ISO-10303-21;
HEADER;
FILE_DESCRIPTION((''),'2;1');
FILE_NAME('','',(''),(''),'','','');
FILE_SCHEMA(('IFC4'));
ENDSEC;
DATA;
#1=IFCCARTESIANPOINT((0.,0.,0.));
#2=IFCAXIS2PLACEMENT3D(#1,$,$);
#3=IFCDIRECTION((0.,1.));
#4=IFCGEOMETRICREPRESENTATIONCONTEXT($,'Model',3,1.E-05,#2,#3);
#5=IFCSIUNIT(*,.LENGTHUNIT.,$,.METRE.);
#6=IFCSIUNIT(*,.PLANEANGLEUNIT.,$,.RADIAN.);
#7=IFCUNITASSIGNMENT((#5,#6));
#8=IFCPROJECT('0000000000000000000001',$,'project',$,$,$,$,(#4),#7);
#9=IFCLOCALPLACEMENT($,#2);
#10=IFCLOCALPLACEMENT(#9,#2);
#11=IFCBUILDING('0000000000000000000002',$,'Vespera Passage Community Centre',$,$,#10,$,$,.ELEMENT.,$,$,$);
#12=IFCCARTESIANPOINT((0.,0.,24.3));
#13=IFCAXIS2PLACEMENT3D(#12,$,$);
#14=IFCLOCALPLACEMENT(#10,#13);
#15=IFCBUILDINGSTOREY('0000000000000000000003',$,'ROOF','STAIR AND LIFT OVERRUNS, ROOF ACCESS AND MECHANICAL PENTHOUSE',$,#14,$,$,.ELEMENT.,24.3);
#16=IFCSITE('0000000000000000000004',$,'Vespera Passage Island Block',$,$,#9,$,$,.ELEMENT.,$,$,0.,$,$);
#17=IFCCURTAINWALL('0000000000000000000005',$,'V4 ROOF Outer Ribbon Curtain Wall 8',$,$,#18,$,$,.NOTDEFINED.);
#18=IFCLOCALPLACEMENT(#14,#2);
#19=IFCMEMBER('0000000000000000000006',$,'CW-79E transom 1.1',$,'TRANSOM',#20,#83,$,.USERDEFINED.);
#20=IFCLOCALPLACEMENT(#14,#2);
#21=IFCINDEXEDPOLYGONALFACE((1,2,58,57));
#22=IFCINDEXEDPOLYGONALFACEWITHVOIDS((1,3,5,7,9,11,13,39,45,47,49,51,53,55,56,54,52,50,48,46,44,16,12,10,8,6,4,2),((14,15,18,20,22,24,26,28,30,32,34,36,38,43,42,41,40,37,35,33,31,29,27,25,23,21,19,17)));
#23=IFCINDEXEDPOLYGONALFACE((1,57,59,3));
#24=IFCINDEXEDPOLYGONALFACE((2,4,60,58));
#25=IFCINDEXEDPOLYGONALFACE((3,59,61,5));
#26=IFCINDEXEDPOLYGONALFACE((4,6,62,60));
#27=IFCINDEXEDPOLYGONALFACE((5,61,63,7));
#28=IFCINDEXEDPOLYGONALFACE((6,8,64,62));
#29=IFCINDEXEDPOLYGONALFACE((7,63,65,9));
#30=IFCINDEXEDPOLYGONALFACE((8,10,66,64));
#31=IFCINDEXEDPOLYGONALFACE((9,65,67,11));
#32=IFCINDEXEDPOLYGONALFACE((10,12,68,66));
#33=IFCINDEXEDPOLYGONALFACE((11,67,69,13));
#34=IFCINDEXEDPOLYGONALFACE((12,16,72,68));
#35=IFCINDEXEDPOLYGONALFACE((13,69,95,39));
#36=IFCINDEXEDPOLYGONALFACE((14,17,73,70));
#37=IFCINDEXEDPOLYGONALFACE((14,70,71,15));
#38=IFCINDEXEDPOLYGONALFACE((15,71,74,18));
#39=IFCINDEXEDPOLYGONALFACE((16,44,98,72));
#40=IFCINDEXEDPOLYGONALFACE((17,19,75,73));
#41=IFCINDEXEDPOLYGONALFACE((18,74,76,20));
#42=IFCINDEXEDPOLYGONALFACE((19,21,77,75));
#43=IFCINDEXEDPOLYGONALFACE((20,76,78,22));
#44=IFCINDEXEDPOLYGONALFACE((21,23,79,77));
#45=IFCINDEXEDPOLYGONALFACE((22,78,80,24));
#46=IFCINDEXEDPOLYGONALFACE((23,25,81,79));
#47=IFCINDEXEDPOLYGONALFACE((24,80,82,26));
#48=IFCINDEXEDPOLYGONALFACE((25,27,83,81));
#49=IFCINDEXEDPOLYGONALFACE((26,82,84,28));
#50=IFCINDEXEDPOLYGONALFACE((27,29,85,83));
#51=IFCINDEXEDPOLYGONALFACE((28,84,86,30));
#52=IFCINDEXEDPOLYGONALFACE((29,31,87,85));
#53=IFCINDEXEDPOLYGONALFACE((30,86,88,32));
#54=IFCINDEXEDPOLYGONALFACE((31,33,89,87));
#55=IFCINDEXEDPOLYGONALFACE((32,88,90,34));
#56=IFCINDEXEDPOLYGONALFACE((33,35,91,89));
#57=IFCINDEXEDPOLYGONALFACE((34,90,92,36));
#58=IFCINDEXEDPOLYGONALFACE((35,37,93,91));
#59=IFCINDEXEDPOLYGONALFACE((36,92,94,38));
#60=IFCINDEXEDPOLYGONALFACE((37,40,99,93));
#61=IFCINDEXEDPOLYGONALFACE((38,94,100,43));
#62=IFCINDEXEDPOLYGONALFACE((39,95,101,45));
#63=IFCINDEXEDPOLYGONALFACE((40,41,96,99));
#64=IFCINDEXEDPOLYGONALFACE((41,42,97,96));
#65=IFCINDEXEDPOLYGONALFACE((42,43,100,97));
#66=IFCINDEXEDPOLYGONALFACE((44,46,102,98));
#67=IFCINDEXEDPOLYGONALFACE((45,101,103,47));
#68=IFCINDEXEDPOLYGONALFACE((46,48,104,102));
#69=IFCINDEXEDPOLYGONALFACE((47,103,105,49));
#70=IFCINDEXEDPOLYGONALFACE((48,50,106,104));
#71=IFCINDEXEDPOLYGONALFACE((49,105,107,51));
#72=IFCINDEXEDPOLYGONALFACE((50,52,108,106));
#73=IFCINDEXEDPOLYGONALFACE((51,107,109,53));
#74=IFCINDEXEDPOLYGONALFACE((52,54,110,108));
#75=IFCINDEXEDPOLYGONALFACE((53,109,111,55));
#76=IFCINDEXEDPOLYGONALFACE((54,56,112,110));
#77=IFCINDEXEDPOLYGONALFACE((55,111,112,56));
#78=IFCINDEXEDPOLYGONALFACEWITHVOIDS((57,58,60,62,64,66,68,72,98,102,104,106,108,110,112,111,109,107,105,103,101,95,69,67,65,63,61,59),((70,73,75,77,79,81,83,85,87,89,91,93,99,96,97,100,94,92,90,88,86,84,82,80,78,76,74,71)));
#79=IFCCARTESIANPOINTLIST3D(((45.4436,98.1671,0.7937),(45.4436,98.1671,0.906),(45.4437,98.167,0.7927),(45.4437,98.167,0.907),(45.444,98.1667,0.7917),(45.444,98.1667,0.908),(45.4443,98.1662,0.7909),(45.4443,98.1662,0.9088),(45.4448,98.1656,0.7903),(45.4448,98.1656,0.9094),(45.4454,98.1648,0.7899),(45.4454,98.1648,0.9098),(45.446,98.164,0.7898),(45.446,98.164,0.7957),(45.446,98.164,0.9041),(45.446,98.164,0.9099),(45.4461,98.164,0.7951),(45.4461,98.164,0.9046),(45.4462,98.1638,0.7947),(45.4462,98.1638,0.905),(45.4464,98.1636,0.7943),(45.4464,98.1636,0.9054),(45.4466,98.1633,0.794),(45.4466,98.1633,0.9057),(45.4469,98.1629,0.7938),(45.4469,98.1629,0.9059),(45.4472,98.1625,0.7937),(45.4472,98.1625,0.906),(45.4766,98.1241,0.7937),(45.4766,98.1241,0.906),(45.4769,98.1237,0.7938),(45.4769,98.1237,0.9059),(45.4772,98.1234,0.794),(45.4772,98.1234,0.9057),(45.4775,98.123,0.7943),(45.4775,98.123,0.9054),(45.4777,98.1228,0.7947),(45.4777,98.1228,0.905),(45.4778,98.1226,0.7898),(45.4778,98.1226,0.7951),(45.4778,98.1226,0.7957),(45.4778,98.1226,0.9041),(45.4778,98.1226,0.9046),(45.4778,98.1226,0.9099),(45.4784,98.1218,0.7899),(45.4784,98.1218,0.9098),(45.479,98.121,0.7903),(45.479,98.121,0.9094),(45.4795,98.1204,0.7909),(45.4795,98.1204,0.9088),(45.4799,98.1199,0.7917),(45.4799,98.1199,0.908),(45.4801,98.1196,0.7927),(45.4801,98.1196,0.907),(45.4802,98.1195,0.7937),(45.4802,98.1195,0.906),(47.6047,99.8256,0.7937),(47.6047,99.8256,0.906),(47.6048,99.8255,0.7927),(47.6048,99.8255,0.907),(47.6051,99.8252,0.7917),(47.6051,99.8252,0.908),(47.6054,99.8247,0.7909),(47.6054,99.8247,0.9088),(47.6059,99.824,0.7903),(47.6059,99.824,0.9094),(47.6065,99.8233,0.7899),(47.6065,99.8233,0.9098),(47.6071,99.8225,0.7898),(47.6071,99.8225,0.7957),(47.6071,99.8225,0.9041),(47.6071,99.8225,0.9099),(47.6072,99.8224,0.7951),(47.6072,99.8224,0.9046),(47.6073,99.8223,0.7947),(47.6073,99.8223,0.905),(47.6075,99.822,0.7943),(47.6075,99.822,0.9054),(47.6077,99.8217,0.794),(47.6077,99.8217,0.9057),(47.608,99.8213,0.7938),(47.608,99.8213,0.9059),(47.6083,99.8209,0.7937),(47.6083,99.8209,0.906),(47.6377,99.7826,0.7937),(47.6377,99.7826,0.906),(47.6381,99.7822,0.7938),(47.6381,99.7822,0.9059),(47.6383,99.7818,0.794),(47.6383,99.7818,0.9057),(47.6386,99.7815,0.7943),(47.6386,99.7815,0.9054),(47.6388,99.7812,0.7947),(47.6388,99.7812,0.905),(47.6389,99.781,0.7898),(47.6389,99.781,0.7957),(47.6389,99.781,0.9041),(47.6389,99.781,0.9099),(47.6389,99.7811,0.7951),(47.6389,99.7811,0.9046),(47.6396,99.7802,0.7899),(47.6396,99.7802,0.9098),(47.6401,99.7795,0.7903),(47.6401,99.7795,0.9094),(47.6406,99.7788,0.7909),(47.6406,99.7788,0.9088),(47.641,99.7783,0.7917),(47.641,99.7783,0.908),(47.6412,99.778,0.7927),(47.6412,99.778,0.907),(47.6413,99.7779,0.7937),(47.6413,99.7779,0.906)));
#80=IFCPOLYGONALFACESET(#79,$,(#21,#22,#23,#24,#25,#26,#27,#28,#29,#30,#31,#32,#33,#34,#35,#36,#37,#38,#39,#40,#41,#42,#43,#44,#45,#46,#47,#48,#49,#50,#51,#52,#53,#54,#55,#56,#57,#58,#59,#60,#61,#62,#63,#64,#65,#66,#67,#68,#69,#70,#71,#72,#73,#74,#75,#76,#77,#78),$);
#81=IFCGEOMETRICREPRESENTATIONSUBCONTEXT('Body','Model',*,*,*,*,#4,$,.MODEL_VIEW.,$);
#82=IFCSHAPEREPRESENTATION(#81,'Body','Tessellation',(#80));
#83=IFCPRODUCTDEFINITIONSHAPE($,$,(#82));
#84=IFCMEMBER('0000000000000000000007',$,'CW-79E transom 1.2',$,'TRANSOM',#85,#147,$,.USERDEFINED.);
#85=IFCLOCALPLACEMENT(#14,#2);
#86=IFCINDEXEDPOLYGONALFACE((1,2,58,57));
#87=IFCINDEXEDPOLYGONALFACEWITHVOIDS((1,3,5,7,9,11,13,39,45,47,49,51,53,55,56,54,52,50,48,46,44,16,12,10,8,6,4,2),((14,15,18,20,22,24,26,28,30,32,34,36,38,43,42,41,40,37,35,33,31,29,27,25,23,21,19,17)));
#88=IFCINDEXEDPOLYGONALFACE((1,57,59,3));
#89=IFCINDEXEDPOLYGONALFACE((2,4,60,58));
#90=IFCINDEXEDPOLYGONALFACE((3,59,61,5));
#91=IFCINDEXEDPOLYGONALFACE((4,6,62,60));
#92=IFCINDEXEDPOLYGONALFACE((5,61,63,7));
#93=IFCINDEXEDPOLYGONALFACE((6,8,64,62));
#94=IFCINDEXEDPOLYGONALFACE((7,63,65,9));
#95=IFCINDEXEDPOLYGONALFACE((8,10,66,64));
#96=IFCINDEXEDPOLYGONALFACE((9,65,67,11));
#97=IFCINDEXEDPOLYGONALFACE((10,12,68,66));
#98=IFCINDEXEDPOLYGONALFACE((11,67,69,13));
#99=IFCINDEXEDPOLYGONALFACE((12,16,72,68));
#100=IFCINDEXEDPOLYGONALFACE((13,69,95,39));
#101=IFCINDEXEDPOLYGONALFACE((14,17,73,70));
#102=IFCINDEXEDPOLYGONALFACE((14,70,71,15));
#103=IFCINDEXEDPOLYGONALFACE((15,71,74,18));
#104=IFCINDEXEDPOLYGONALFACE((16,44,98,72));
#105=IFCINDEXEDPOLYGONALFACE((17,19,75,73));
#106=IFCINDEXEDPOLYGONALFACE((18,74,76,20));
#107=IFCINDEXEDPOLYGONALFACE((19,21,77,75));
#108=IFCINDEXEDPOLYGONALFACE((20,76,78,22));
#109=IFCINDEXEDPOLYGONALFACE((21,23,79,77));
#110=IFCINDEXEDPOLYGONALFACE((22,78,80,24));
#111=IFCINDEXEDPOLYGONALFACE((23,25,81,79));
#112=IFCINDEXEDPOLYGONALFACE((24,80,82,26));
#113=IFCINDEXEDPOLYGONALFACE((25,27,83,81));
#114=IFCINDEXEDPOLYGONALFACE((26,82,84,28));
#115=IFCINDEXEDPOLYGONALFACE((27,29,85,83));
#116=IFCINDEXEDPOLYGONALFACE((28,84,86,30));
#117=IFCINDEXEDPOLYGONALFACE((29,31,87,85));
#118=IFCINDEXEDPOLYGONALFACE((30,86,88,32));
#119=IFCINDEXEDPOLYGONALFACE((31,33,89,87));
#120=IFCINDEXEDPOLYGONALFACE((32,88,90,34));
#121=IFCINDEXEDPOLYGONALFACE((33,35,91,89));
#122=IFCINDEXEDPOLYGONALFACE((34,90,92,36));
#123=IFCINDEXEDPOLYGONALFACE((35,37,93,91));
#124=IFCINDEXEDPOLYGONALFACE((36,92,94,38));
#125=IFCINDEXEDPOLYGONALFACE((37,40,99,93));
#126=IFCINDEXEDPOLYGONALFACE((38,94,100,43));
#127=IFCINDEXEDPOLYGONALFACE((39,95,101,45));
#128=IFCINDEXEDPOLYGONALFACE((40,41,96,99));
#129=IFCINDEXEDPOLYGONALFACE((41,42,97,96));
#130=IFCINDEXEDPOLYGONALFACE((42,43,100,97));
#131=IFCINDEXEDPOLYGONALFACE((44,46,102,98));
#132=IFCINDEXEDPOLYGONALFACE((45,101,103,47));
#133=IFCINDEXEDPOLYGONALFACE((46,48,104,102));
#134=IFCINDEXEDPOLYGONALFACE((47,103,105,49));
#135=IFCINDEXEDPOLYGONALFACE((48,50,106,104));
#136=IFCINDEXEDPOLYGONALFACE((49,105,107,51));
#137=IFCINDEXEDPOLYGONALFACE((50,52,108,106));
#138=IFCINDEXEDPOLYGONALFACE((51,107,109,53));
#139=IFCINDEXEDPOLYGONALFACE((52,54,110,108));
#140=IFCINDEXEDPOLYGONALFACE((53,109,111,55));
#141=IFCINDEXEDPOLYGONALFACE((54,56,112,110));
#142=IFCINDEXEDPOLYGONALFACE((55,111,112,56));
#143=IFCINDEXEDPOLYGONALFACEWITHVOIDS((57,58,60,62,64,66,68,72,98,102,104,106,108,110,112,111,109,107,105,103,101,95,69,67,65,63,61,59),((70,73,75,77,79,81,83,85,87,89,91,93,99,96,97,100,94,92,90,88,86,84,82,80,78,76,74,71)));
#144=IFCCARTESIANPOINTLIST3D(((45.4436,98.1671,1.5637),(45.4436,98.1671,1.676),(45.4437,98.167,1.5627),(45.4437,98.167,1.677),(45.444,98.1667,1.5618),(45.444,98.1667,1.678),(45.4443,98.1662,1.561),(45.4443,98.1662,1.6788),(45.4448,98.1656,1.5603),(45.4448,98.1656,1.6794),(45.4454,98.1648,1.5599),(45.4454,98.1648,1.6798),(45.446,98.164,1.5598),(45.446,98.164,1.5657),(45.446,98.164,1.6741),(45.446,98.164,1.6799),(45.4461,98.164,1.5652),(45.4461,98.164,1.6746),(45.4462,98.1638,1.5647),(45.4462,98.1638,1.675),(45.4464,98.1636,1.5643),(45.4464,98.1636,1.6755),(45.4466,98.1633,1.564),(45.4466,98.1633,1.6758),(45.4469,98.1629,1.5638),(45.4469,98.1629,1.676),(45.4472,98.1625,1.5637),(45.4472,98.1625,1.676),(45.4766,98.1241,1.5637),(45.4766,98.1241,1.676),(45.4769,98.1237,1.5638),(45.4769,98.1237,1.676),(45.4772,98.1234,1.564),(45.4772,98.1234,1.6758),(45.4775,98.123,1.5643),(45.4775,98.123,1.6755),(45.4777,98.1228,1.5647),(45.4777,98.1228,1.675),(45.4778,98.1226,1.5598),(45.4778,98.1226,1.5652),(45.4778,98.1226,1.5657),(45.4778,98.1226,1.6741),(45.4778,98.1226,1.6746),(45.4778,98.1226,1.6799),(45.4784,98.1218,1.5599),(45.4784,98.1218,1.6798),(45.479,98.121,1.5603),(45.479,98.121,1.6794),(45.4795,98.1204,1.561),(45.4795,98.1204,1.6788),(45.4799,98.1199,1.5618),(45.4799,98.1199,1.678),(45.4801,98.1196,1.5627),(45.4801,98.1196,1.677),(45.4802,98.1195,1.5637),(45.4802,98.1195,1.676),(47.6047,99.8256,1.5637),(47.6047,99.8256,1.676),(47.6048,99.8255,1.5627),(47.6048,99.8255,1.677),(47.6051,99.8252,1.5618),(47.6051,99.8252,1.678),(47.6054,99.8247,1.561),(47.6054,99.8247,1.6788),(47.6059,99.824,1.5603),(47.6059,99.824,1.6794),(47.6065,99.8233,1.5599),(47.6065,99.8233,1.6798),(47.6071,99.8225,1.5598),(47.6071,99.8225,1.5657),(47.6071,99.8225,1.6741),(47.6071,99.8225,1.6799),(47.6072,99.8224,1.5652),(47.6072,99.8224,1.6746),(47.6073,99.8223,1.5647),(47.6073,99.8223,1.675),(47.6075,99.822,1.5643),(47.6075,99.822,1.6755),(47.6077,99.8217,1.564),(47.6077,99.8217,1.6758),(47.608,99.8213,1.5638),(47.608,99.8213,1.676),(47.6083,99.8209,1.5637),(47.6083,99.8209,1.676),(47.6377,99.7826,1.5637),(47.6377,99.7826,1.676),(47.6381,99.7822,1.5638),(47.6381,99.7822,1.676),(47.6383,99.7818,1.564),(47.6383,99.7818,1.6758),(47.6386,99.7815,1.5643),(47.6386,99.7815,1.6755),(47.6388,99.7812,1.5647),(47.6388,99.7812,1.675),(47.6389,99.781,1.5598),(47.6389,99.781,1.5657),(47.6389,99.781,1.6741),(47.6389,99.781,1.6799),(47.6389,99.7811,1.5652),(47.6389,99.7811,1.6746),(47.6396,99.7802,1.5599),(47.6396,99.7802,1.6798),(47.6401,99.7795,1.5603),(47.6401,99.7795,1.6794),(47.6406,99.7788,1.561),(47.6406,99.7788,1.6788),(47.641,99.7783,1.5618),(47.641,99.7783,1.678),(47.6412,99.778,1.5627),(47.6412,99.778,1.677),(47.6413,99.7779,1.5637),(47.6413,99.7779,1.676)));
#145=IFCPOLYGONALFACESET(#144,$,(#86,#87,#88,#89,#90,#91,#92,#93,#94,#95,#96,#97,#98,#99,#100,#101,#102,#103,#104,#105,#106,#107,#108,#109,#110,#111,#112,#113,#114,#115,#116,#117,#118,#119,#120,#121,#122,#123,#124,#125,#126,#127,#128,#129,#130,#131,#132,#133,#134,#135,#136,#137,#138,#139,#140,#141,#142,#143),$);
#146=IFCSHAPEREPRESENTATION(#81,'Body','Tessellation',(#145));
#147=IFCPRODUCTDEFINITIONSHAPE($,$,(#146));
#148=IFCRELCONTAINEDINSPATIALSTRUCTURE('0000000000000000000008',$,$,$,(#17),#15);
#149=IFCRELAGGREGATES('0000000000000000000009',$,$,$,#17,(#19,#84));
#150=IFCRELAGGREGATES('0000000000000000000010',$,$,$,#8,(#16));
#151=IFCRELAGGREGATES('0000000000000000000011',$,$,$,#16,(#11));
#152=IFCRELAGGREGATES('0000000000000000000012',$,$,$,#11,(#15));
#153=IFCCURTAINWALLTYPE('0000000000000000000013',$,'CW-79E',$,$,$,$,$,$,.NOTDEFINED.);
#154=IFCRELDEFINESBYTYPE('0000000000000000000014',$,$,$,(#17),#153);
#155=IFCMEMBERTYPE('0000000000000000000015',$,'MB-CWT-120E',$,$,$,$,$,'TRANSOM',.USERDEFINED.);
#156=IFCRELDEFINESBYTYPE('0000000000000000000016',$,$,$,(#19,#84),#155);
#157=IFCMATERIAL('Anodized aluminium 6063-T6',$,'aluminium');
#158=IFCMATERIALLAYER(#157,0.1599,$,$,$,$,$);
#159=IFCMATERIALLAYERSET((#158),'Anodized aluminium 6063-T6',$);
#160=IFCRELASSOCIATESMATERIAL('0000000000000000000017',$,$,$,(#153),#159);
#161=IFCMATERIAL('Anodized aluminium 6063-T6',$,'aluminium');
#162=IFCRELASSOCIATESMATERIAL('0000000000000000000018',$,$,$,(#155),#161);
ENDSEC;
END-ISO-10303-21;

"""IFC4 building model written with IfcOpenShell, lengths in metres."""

from ifc_helpers import new_model, si_unit, direction, frame, origin, origin_2d, place, context, subcontext, project, spatial, hollow_rectangle, extrude, material, layer, layer_set, material_profile, profile_set, type_object, element, aggregate, save


model = new_model("IFC4")

# Units and contexts
model_context = context("Model", 3, precision=1e-05, world=origin(), true_north=direction((0.0, 1.0)))
body_context = subcontext(model_context, "Body", "Model", "MODEL_VIEW")
ifc_project = project(units=[si_unit("LENGTHUNIT", "METRE"), si_unit("PLANEANGLEUNIT", "RADIAN")], contexts=[model_context])

# Site, building, storey
site_placement = place(None, origin())
site = spatial("IfcSite", under=ifc_project, at=site_placement, Name="Vespera Passage Island Block", CompositionType="ELEMENT", RefElevation=0.0)
building_placement = place(site_placement, origin())
building = spatial("IfcBuilding", under=site, at=building_placement, Name="Vespera Passage Community Centre", CompositionType="ELEMENT")
storey_placement = place(building_placement, frame((0.0, 0.0, 24.3)))
storey = spatial("IfcBuildingStorey", under=building, at=storey_placement, Name="ROOF", Description="STAIR AND LIFT OVERRUNS, ROOF ACCESS AND MECHANICAL PENTHOUSE", CompositionType="ELEMENT", Elevation=24.3)

# Curtain wall
ifc_material_1 = material(Name="Anodized aluminium 6063-T6", Category="aluminium")
ifc_layer_1 = layer(ifc_material_1, 0.1599)
ifc_layer_set_1 = layer_set([ifc_layer_1], Name="Anodized aluminium 6063-T6")
curtain_wall_type_1 = type_object("IfcCurtainWallType", Name="CW-79E", PredefinedType="NOTDEFINED", material=ifc_layer_set_1)
curtain_wall_1_placement = place(storey_placement, origin())
curtain_wall_1 = element("IfcCurtainWall", 1, at=curtain_wall_1_placement, inside=storey, type_object=curtain_wall_type_1, Name="V4 ROOF Outer Ribbon Curtain Wall 8", PredefinedType="NOTDEFINED")

# Members
ifc_material_2 = material(Name="Anodized aluminium 6063-T6", Category="aluminium")
ifc_material_profile_1 = material_profile(ifc_material_2, hollow_rectangle(XDim=0.0601, YDim=0.1201, WallThickness=0.0039, InnerFilletRadius=0.002, OuterFilletRadius=0.0039, at=origin_2d()), Name="ALU120X60X4")
ifc_profile_set_1 = profile_set([ifc_material_profile_1], Name="Anodized aluminium 6063-T6")
member_type_1 = type_object("IfcMemberType", Name="MB-CWT-120E", ElementType="TRANSOM", PredefinedType="USERDEFINED", material=ifc_profile_set_1)
member_1_placement = place(storey_placement, frame((45.4619, 98.1433, 0.8499), z_axis=(0.793326, 0.608796, 0.0), x_axis=(-0.608796, 0.793326, 0.0)))
member_1 = element("IfcMember", 2, at=member_1_placement, type_object=member_type_1, Name="CW-79E transom 1.1", ObjectType="TRANSOM", PredefinedType="USERDEFINED", context=body_context, shape_type="SweptSolid", body=[
    extrude(hollow_rectangle(XDim=0.0601, YDim=0.1201, WallThickness=0.0039, InnerFilletRadius=0.002, OuterFilletRadius=0.0039, at=origin_2d()), origin(), (0.0, 0.0, 1.0), 2.7241),
])
member_2_placement = place(storey_placement, frame((45.4619, 98.1433, 1.6199), z_axis=(0.793326, 0.608796, 0.0), x_axis=(-0.608796, 0.793326, 0.0)))
member_2 = element("IfcMember", 3, at=member_2_placement, type_object=member_type_1, Name="CW-79E transom 1.2", ObjectType="TRANSOM", PredefinedType="USERDEFINED", context=body_context, shape_type="SweptSolid", body=[
    extrude(hollow_rectangle(XDim=0.0601, YDim=0.1201, WallThickness=0.0039, InnerFilletRadius=0.002, OuterFilletRadius=0.0039, at=origin_2d()), origin(), (0.0, 0.0, 1.0), 2.7241),
])

aggregate(curtain_wall_1, [member_1, member_2])

save(model, "model.ifc")
